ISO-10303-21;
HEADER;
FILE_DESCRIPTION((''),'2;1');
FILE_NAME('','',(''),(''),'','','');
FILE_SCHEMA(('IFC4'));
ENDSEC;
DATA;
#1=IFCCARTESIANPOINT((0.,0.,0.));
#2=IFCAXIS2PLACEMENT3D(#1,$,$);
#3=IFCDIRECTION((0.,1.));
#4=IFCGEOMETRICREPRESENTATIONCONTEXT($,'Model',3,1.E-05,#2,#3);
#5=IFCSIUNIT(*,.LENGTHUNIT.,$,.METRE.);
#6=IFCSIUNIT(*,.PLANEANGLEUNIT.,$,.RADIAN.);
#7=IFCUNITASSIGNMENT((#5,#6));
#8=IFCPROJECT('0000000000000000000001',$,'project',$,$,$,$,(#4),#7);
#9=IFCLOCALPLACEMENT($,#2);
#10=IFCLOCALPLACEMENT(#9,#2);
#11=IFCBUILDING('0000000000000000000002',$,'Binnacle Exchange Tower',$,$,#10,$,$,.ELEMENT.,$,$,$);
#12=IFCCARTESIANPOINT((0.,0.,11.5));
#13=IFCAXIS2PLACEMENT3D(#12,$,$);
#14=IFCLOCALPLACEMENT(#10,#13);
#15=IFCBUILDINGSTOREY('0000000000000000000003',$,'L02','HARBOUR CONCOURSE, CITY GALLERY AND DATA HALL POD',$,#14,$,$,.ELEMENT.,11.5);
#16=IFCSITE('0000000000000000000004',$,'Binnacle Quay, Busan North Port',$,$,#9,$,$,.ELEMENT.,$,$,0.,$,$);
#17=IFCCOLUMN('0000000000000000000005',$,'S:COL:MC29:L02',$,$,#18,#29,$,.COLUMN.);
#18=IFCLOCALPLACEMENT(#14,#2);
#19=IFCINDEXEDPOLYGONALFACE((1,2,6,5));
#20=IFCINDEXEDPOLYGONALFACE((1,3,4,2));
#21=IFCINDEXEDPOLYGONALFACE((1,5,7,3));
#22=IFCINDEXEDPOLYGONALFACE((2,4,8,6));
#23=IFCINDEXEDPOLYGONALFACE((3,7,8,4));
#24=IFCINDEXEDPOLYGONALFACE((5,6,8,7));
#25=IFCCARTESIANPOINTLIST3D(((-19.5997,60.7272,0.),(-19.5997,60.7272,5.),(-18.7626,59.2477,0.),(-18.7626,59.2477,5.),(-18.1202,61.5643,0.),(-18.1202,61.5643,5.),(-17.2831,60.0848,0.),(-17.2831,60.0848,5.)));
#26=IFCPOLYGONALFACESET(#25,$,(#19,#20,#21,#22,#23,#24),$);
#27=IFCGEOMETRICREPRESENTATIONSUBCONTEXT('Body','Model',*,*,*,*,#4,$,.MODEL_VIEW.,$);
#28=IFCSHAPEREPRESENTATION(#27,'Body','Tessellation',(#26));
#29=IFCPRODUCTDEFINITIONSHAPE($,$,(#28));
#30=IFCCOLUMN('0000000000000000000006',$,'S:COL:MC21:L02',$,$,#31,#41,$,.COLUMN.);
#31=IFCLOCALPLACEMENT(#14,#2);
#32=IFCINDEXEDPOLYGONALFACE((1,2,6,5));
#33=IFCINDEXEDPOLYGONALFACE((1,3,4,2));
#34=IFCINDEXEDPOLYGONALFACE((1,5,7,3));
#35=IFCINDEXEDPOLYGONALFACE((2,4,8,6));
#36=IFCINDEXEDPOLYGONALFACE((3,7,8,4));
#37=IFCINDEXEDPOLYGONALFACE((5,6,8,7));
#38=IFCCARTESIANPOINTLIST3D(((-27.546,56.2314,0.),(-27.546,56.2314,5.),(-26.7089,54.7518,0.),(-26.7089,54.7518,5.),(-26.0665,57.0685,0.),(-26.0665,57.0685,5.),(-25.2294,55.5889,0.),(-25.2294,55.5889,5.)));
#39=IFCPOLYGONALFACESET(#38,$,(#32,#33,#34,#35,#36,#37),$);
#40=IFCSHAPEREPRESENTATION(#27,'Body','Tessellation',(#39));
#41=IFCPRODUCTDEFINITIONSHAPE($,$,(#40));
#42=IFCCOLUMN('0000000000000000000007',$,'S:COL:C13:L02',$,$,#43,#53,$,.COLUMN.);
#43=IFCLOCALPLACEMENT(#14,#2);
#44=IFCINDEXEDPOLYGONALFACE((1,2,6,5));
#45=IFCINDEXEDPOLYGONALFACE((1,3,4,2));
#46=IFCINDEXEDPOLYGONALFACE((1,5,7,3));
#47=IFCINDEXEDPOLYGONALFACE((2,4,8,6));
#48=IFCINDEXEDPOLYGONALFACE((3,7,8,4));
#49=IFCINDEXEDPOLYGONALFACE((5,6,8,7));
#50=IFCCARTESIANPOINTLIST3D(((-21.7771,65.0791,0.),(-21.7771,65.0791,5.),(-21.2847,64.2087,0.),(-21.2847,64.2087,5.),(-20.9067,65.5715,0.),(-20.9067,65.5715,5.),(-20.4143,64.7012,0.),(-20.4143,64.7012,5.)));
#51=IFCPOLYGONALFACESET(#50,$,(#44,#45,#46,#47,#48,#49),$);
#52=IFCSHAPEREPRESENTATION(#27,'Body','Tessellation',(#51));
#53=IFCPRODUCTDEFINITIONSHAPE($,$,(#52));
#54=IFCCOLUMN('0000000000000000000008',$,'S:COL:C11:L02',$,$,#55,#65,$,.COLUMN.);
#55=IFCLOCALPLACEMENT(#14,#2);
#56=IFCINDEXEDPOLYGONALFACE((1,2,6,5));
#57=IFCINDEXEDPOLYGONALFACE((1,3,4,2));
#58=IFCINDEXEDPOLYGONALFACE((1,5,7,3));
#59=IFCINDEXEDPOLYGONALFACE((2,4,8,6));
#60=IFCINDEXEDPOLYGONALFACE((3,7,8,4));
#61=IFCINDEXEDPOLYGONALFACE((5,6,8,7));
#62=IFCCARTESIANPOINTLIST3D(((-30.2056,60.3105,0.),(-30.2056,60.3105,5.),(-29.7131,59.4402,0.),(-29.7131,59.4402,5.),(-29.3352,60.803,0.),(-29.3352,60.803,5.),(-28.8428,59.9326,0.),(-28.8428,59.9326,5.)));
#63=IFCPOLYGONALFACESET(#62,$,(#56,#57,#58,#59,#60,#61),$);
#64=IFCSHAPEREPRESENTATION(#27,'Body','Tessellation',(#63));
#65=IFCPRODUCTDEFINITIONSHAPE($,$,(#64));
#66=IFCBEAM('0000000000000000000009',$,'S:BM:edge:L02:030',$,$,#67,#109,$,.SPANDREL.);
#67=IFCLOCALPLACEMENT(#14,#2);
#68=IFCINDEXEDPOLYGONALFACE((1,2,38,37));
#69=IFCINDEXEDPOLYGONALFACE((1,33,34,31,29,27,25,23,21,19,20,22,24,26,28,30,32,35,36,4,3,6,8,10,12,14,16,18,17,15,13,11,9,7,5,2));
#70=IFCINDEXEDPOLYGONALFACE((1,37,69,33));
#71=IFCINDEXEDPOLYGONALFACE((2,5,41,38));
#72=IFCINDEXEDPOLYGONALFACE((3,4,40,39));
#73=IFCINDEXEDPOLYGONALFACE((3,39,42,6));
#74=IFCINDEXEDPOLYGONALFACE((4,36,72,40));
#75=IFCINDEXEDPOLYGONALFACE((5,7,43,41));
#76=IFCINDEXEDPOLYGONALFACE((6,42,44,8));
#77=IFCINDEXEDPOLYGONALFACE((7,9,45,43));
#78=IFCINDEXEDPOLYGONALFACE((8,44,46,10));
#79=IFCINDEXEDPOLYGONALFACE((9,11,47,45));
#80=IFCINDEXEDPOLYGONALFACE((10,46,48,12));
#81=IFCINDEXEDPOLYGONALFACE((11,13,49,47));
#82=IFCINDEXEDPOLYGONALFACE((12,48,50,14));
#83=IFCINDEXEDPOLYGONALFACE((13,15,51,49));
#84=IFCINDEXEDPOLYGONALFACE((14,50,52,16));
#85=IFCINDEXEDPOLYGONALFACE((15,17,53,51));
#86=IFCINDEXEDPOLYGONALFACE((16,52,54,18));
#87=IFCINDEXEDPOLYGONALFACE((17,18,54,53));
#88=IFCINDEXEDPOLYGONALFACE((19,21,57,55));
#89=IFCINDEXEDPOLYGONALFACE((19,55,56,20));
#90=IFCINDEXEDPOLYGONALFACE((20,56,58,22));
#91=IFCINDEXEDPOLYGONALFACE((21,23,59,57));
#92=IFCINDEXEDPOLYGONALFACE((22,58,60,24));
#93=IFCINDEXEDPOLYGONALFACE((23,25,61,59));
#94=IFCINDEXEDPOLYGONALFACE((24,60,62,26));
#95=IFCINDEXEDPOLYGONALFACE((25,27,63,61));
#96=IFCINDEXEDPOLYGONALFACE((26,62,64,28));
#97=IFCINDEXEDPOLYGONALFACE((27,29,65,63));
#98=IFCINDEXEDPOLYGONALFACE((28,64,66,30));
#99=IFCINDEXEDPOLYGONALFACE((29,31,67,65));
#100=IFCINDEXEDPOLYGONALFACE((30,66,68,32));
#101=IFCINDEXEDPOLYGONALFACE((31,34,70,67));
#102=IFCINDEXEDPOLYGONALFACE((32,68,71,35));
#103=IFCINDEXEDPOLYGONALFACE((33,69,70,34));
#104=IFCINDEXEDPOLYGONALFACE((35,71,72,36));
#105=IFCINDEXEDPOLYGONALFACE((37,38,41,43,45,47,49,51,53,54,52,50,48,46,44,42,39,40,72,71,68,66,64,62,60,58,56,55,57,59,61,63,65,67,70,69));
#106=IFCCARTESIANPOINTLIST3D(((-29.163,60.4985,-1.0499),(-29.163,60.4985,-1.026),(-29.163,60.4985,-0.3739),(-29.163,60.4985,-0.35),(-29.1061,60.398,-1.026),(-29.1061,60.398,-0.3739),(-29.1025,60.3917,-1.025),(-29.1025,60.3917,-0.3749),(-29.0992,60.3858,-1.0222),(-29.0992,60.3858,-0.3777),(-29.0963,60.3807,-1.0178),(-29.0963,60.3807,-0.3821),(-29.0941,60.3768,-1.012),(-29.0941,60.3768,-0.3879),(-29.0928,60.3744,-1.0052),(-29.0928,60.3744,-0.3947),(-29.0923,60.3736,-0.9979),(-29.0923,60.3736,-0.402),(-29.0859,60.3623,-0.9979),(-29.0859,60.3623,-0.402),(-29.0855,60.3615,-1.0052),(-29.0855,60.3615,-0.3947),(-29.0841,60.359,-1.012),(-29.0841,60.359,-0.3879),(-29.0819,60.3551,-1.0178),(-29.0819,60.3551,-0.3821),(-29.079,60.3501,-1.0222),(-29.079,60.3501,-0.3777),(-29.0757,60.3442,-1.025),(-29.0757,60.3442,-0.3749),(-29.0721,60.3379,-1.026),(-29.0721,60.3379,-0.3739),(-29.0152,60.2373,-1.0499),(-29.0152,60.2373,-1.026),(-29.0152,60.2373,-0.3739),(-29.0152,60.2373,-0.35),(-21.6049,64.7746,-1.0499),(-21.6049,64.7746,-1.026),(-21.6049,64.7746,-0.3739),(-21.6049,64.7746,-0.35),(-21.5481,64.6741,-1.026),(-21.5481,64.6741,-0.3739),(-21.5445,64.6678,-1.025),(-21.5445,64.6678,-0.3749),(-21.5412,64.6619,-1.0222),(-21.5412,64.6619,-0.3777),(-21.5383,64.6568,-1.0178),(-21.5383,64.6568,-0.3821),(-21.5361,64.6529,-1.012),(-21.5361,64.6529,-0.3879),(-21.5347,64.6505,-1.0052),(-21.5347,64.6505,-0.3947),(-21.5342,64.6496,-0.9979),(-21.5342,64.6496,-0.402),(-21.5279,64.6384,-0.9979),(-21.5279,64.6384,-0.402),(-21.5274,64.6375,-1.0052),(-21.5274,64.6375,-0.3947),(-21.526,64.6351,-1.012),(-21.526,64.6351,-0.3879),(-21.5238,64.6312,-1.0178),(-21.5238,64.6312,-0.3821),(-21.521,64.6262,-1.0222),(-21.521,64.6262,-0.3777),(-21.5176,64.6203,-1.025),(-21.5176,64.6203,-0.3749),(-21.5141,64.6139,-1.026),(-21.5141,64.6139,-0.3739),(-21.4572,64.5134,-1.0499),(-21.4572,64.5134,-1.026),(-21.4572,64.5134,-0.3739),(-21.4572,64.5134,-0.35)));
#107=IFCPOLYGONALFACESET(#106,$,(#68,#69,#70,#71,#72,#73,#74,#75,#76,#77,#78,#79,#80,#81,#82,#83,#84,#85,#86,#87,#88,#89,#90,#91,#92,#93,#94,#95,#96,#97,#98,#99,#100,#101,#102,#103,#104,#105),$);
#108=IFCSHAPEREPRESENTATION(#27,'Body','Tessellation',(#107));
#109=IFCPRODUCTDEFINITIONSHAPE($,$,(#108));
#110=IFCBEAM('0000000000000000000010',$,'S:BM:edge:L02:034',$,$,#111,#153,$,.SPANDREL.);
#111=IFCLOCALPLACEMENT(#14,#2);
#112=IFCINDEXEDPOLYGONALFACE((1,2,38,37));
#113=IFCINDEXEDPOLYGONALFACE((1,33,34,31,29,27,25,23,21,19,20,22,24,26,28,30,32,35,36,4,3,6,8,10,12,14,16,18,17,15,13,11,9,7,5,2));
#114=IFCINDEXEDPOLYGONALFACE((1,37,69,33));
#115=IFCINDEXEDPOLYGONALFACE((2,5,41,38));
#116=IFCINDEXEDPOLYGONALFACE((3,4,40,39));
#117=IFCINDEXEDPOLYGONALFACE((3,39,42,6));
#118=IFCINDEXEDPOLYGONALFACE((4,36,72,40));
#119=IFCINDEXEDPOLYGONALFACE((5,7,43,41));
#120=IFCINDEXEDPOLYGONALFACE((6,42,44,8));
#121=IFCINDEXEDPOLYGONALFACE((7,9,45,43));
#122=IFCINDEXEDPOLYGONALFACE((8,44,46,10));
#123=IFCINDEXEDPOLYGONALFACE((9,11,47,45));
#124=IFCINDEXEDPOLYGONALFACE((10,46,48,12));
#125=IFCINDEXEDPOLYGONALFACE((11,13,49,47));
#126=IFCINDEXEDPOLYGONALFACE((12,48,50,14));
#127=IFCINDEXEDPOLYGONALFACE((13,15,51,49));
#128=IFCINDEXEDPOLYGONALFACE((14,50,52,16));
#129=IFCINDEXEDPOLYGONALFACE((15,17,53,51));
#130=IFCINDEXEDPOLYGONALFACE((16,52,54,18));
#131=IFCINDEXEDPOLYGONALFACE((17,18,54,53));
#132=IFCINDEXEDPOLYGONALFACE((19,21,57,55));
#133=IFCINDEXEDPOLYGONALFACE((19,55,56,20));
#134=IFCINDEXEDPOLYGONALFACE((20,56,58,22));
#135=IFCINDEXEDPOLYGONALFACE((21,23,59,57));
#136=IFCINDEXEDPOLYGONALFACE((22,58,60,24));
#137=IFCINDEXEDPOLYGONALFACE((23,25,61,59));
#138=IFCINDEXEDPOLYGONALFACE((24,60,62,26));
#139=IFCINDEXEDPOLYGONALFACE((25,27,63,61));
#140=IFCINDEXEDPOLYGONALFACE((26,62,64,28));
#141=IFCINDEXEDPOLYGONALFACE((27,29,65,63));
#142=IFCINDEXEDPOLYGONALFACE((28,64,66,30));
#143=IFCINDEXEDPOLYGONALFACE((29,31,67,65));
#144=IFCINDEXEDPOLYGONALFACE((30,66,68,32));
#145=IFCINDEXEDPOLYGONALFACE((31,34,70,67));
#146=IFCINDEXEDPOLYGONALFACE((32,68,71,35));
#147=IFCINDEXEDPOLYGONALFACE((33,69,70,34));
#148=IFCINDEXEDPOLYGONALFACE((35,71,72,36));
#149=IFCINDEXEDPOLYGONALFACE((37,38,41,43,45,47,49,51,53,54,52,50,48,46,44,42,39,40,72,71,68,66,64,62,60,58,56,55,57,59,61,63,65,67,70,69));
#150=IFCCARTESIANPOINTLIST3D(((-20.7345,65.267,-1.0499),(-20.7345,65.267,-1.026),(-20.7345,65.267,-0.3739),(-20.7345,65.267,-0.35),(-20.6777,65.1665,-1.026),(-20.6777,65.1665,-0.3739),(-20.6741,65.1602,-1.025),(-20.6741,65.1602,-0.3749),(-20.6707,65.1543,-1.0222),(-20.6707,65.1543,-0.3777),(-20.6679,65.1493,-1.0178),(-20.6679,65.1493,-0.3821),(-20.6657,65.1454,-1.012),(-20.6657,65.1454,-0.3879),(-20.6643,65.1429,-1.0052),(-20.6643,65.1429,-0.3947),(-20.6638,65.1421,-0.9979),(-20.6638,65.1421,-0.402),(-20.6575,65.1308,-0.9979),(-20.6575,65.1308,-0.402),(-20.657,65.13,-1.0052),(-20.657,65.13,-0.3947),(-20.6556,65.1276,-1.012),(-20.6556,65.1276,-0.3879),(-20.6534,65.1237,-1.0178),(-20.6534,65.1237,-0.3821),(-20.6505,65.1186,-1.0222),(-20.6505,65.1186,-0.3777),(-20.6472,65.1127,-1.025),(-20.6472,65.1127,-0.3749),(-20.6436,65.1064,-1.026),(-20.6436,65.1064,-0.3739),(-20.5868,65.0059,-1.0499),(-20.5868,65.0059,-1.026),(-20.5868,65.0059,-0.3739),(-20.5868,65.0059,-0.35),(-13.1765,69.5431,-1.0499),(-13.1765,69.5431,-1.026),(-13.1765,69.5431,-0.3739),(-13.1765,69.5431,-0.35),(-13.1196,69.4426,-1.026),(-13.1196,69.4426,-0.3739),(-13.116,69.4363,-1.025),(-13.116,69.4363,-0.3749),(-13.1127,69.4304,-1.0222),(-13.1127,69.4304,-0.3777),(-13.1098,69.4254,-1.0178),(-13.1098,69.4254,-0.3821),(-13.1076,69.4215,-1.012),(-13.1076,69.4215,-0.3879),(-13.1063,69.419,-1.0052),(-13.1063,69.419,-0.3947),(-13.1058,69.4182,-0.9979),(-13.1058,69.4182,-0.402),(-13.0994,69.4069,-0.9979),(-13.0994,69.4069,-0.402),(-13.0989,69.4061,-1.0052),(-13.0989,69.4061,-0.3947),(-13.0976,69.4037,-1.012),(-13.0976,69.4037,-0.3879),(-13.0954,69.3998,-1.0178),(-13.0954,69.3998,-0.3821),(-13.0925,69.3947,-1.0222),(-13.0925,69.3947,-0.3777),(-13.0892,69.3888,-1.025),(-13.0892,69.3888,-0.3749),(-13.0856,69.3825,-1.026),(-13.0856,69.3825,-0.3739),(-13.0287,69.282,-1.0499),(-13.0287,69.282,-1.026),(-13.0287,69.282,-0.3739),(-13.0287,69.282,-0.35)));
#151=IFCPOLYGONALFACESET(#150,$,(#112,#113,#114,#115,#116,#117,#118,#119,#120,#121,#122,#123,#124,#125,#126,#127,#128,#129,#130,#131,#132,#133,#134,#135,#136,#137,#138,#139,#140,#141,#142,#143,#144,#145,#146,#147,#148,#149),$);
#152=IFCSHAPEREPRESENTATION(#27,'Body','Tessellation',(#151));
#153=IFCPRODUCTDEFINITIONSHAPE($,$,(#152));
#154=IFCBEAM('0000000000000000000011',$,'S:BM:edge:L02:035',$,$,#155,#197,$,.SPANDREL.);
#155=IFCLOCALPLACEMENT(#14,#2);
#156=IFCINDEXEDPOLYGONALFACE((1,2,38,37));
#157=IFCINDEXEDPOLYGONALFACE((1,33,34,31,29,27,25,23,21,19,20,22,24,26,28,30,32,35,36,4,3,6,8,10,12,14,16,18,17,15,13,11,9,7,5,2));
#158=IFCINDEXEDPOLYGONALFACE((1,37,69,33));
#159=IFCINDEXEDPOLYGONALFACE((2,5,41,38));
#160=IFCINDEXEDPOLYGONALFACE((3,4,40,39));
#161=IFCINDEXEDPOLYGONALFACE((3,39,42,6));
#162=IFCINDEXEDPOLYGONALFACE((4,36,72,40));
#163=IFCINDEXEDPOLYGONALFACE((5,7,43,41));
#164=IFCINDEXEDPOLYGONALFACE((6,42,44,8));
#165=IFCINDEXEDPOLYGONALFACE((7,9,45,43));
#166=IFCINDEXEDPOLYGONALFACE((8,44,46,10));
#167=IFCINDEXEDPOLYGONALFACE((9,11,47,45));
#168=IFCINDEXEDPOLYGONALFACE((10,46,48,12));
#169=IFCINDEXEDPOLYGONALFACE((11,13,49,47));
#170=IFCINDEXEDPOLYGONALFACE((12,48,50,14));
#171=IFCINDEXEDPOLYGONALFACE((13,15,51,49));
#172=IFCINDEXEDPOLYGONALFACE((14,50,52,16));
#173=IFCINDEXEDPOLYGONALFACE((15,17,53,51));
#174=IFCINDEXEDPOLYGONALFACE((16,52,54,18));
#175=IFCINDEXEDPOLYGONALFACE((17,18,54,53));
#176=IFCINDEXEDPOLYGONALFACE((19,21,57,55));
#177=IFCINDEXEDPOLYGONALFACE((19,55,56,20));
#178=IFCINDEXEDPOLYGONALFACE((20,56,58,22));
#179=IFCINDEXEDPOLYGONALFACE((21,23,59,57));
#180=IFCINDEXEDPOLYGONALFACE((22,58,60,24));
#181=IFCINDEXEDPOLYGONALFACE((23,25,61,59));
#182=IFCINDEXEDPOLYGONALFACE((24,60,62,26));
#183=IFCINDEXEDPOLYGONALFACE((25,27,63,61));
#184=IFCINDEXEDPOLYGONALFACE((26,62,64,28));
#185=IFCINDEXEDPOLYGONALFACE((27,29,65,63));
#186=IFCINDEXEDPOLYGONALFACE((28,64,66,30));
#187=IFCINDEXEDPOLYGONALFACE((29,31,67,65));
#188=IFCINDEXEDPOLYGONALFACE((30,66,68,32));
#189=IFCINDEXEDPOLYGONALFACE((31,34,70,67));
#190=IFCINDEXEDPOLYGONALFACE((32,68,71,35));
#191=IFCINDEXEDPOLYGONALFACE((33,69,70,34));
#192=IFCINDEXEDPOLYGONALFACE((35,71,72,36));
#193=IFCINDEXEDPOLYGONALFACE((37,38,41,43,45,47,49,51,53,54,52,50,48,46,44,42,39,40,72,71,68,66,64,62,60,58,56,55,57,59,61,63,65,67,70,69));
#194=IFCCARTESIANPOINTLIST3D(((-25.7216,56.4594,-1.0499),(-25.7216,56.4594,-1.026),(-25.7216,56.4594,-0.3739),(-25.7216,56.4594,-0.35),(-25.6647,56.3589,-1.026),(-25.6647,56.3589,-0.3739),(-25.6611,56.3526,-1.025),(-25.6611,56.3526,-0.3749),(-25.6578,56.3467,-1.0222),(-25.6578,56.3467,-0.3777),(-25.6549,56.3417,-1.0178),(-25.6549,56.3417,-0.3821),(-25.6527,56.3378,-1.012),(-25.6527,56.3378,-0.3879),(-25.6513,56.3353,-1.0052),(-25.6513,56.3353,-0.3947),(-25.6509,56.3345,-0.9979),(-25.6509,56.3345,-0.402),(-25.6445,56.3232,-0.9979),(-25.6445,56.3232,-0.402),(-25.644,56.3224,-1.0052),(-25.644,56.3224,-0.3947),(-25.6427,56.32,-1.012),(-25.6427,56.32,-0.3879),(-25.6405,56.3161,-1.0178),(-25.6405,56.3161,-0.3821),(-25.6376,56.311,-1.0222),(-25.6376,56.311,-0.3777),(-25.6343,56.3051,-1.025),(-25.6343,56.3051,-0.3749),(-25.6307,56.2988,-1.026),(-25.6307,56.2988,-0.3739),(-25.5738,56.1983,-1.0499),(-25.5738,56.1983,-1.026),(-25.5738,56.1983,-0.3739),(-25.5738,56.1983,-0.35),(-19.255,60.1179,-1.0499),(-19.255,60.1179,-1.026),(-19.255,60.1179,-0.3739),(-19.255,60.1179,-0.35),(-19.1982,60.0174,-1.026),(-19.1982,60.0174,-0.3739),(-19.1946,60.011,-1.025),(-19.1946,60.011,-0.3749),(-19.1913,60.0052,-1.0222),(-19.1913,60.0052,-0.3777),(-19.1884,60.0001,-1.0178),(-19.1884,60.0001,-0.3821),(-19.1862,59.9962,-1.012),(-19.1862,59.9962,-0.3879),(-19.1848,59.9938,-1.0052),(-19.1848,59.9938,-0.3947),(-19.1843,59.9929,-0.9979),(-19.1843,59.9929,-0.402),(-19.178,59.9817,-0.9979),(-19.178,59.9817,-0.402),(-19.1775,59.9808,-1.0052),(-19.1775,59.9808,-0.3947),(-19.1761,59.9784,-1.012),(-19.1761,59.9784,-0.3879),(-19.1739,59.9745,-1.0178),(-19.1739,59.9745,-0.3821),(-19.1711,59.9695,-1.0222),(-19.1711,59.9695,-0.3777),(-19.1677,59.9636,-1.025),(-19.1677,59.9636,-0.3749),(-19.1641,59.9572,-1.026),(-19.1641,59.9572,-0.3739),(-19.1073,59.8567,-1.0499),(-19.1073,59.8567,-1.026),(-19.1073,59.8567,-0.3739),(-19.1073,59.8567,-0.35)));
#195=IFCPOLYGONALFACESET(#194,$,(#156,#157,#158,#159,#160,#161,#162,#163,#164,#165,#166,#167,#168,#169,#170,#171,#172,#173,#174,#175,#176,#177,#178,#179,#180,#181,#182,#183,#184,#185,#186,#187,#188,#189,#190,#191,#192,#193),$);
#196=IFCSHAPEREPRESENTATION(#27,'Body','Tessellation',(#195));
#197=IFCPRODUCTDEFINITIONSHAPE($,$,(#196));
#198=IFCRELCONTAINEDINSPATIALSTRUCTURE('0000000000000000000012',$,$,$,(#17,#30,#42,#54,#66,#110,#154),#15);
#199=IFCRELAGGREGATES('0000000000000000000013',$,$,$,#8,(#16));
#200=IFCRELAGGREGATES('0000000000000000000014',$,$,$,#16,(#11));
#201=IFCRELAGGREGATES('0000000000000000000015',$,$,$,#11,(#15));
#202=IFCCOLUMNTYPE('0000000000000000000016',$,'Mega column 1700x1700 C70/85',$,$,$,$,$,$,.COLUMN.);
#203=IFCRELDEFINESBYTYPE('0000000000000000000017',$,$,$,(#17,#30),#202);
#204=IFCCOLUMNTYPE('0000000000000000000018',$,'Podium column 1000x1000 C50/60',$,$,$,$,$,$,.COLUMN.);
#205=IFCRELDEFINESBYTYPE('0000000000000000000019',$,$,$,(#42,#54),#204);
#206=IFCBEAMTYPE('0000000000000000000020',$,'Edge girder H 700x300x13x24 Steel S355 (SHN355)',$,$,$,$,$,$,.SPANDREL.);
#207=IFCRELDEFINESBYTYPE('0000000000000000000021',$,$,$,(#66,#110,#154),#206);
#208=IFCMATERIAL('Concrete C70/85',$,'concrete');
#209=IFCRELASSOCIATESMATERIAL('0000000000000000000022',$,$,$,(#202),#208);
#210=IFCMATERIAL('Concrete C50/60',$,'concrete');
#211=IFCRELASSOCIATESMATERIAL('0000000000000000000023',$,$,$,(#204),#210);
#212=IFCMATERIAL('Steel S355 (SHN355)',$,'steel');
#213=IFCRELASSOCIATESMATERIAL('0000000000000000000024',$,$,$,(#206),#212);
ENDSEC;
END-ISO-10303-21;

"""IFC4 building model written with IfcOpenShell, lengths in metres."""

from ifc_helpers import new_model, si_unit, direction, frame, origin, origin_2d, place, context, subcontext, project, spatial, rectangle, i_section, extrude, material, material_profile, profile_set, type_object, element, save


model = new_model("IFC4")

# Units and contexts
model_context = context("Model", 3, precision=1e-05, world=origin(), true_north=direction((0.0, 1.0)))
body_context = subcontext(model_context, "Body", "Model", "MODEL_VIEW")
ifc_project = project(units=[si_unit("LENGTHUNIT", "METRE"), si_unit("PLANEANGLEUNIT", "RADIAN")], contexts=[model_context])

# Site, building, storey
site_placement = place(None, origin())
site = spatial("IfcSite", under=ifc_project, at=site_placement, Name="Binnacle Quay, Busan North Port", CompositionType="ELEMENT", RefElevation=0.0)
building_placement = place(site_placement, origin())
building = spatial("IfcBuilding", under=site, at=building_placement, Name="Binnacle Exchange Tower", CompositionType="ELEMENT")
storey_placement = place(building_placement, frame((0.0, 0.0, 11.5)))
storey = spatial("IfcBuildingStorey", under=building, at=storey_placement, Name="L02", Description="HARBOUR CONCOURSE, CITY GALLERY AND DATA HALL POD", CompositionType="ELEMENT", Elevation=11.5)

# Columns
ifc_material_1 = material(Name="Concrete C70/85", Category="concrete")
ifc_material_profile_1 = material_profile(ifc_material_1, rectangle(XDim=1.7, YDim=1.7, at=origin_2d()), Name="Mega column 1700x1700 C70/85")
ifc_profile_set_1 = profile_set([ifc_material_profile_1], Name="Concrete C70/85")
column_type_1 = type_object("IfcColumnType", Name="Mega column 1700x1700 C70/85", PredefinedType="COLUMN", material=ifc_profile_set_1)
for number, where, z_axis, x_axis, name in (
    (1, (-18.4414, 60.406, 0.0), (0.0, 0.0, 1.0), (-0.870356, -0.492424, 0.0), "S:COL:MC29:L02"),
    (2, (-26.3877, 55.9102, 0.0), (0.0, 0.0, 1.0), (-0.870356, -0.492424, 0.0), "S:COL:MC21:L02"),
):
    element("IfcColumn", number, at=place(storey_placement, frame(where, z_axis=z_axis, x_axis=x_axis)), inside=storey, type_object=column_type_1, Name=name, PredefinedType="COLUMN", context=body_context, shape_type="SweptSolid", body=[
        extrude(rectangle(XDim=1.7, YDim=1.7, at=origin_2d()), origin(), (0.0, 0.0, 1.0), 5.0),
    ])
ifc_material_2 = material(Name="Concrete C50/60", Category="concrete")
ifc_material_profile_2 = material_profile(ifc_material_2, rectangle(XDim=1.0, YDim=1.0, at=origin_2d()), Name="Podium column 1000x1000 C50/60")
ifc_profile_set_2 = profile_set([ifc_material_profile_2], Name="Concrete C50/60")
column_type_2 = type_object("IfcColumnType", Name="Podium column 1000x1000 C50/60", PredefinedType="COLUMN", material=ifc_profile_set_2)
for number, where, z_axis, x_axis, name in (
    (3, (-21.0957, 64.8901, 0.0), (0.0, 0.0, 1.0), (-0.870356, -0.492424, 0.0), "S:COL:C13:L02"),
    (4, (-29.5242, 60.1216, 0.0), (0.0, 0.0, 1.0), (-0.870356, -0.492424, 0.0), "S:COL:C11:L02"),
):
    element("IfcColumn", number, at=place(storey_placement, frame(where, z_axis=z_axis, x_axis=x_axis)), inside=storey, type_object=column_type_2, Name=name, PredefinedType="COLUMN", context=body_context, shape_type="SweptSolid", body=[
        extrude(rectangle(XDim=1.0, YDim=1.0, at=origin_2d()), origin(), (0.0, 0.0, 1.0), 5.0),
    ])

# Beams
ifc_material_3 = material(Name="Steel S355 (SHN355)", Category="steel")
ifc_material_profile_3 = material_profile(ifc_material_3, i_section(OverallWidth=0.3, OverallDepth=0.7, WebThickness=0.0129, FlangeThickness=0.0239, FilletRadius=0.0281, at=origin_2d()), Name="H 700x300x13x24")
ifc_profile_set_3 = profile_set([ifc_material_profile_3], Name="Steel S355 (SHN355)")
beam_type_1 = type_object("IfcBeamType", Name="Edge girder H 700x300x13x24 Steel S355 (SHN355)", PredefinedType="SPANDREL", material=ifc_profile_set_3)
for number, where, z_axis, x_axis, name in (
    (5, (-29.0891, 60.3679, -0.7), (0.870358, 0.492419, 0.0), (-0.492419, 0.870358, 0.0), "S:BM:edge:L02:030"),
    (6, (-20.6606, 65.1365, -0.7), (0.870358, 0.492419, 0.0), (-0.492419, 0.870358, 0.0), "S:BM:edge:L02:034"),
):
    element("IfcBeam", number, at=place(storey_placement, frame(where, z_axis=z_axis, x_axis=x_axis)), inside=storey, type_object=beam_type_1, Name=name, PredefinedType="SPANDREL", context=body_context, shape_type="SweptSolid", body=[
        extrude(i_section(OverallWidth=0.3, OverallDepth=0.7, WebThickness=0.0129, FlangeThickness=0.0239, FilletRadius=0.0281, at=origin_2d()), origin(), (0.0, 0.0, 1.0), 8.6838),
    ])
beam_1_placement = place(storey_placement, frame((-19.1812, 59.9873, -0.7), z_axis=(-0.870364, -0.492408, 0.0), x_axis=(0.492408, -0.870364, 0.0)))
element("IfcBeam", 7, at=beam_1_placement, inside=storey, type_object=beam_type_1, Name="S:BM:edge:L02:035", PredefinedType="SPANDREL", context=body_context, shape_type="SweptSolid", body=[
    extrude(i_section(OverallWidth=0.3, OverallDepth=0.7, WebThickness=0.0129, FlangeThickness=0.0239, FilletRadius=0.0281, at=origin_2d()), origin(), (0.0, 0.0, 1.0), 7.4297),
])

save(model, "model.ifc")
